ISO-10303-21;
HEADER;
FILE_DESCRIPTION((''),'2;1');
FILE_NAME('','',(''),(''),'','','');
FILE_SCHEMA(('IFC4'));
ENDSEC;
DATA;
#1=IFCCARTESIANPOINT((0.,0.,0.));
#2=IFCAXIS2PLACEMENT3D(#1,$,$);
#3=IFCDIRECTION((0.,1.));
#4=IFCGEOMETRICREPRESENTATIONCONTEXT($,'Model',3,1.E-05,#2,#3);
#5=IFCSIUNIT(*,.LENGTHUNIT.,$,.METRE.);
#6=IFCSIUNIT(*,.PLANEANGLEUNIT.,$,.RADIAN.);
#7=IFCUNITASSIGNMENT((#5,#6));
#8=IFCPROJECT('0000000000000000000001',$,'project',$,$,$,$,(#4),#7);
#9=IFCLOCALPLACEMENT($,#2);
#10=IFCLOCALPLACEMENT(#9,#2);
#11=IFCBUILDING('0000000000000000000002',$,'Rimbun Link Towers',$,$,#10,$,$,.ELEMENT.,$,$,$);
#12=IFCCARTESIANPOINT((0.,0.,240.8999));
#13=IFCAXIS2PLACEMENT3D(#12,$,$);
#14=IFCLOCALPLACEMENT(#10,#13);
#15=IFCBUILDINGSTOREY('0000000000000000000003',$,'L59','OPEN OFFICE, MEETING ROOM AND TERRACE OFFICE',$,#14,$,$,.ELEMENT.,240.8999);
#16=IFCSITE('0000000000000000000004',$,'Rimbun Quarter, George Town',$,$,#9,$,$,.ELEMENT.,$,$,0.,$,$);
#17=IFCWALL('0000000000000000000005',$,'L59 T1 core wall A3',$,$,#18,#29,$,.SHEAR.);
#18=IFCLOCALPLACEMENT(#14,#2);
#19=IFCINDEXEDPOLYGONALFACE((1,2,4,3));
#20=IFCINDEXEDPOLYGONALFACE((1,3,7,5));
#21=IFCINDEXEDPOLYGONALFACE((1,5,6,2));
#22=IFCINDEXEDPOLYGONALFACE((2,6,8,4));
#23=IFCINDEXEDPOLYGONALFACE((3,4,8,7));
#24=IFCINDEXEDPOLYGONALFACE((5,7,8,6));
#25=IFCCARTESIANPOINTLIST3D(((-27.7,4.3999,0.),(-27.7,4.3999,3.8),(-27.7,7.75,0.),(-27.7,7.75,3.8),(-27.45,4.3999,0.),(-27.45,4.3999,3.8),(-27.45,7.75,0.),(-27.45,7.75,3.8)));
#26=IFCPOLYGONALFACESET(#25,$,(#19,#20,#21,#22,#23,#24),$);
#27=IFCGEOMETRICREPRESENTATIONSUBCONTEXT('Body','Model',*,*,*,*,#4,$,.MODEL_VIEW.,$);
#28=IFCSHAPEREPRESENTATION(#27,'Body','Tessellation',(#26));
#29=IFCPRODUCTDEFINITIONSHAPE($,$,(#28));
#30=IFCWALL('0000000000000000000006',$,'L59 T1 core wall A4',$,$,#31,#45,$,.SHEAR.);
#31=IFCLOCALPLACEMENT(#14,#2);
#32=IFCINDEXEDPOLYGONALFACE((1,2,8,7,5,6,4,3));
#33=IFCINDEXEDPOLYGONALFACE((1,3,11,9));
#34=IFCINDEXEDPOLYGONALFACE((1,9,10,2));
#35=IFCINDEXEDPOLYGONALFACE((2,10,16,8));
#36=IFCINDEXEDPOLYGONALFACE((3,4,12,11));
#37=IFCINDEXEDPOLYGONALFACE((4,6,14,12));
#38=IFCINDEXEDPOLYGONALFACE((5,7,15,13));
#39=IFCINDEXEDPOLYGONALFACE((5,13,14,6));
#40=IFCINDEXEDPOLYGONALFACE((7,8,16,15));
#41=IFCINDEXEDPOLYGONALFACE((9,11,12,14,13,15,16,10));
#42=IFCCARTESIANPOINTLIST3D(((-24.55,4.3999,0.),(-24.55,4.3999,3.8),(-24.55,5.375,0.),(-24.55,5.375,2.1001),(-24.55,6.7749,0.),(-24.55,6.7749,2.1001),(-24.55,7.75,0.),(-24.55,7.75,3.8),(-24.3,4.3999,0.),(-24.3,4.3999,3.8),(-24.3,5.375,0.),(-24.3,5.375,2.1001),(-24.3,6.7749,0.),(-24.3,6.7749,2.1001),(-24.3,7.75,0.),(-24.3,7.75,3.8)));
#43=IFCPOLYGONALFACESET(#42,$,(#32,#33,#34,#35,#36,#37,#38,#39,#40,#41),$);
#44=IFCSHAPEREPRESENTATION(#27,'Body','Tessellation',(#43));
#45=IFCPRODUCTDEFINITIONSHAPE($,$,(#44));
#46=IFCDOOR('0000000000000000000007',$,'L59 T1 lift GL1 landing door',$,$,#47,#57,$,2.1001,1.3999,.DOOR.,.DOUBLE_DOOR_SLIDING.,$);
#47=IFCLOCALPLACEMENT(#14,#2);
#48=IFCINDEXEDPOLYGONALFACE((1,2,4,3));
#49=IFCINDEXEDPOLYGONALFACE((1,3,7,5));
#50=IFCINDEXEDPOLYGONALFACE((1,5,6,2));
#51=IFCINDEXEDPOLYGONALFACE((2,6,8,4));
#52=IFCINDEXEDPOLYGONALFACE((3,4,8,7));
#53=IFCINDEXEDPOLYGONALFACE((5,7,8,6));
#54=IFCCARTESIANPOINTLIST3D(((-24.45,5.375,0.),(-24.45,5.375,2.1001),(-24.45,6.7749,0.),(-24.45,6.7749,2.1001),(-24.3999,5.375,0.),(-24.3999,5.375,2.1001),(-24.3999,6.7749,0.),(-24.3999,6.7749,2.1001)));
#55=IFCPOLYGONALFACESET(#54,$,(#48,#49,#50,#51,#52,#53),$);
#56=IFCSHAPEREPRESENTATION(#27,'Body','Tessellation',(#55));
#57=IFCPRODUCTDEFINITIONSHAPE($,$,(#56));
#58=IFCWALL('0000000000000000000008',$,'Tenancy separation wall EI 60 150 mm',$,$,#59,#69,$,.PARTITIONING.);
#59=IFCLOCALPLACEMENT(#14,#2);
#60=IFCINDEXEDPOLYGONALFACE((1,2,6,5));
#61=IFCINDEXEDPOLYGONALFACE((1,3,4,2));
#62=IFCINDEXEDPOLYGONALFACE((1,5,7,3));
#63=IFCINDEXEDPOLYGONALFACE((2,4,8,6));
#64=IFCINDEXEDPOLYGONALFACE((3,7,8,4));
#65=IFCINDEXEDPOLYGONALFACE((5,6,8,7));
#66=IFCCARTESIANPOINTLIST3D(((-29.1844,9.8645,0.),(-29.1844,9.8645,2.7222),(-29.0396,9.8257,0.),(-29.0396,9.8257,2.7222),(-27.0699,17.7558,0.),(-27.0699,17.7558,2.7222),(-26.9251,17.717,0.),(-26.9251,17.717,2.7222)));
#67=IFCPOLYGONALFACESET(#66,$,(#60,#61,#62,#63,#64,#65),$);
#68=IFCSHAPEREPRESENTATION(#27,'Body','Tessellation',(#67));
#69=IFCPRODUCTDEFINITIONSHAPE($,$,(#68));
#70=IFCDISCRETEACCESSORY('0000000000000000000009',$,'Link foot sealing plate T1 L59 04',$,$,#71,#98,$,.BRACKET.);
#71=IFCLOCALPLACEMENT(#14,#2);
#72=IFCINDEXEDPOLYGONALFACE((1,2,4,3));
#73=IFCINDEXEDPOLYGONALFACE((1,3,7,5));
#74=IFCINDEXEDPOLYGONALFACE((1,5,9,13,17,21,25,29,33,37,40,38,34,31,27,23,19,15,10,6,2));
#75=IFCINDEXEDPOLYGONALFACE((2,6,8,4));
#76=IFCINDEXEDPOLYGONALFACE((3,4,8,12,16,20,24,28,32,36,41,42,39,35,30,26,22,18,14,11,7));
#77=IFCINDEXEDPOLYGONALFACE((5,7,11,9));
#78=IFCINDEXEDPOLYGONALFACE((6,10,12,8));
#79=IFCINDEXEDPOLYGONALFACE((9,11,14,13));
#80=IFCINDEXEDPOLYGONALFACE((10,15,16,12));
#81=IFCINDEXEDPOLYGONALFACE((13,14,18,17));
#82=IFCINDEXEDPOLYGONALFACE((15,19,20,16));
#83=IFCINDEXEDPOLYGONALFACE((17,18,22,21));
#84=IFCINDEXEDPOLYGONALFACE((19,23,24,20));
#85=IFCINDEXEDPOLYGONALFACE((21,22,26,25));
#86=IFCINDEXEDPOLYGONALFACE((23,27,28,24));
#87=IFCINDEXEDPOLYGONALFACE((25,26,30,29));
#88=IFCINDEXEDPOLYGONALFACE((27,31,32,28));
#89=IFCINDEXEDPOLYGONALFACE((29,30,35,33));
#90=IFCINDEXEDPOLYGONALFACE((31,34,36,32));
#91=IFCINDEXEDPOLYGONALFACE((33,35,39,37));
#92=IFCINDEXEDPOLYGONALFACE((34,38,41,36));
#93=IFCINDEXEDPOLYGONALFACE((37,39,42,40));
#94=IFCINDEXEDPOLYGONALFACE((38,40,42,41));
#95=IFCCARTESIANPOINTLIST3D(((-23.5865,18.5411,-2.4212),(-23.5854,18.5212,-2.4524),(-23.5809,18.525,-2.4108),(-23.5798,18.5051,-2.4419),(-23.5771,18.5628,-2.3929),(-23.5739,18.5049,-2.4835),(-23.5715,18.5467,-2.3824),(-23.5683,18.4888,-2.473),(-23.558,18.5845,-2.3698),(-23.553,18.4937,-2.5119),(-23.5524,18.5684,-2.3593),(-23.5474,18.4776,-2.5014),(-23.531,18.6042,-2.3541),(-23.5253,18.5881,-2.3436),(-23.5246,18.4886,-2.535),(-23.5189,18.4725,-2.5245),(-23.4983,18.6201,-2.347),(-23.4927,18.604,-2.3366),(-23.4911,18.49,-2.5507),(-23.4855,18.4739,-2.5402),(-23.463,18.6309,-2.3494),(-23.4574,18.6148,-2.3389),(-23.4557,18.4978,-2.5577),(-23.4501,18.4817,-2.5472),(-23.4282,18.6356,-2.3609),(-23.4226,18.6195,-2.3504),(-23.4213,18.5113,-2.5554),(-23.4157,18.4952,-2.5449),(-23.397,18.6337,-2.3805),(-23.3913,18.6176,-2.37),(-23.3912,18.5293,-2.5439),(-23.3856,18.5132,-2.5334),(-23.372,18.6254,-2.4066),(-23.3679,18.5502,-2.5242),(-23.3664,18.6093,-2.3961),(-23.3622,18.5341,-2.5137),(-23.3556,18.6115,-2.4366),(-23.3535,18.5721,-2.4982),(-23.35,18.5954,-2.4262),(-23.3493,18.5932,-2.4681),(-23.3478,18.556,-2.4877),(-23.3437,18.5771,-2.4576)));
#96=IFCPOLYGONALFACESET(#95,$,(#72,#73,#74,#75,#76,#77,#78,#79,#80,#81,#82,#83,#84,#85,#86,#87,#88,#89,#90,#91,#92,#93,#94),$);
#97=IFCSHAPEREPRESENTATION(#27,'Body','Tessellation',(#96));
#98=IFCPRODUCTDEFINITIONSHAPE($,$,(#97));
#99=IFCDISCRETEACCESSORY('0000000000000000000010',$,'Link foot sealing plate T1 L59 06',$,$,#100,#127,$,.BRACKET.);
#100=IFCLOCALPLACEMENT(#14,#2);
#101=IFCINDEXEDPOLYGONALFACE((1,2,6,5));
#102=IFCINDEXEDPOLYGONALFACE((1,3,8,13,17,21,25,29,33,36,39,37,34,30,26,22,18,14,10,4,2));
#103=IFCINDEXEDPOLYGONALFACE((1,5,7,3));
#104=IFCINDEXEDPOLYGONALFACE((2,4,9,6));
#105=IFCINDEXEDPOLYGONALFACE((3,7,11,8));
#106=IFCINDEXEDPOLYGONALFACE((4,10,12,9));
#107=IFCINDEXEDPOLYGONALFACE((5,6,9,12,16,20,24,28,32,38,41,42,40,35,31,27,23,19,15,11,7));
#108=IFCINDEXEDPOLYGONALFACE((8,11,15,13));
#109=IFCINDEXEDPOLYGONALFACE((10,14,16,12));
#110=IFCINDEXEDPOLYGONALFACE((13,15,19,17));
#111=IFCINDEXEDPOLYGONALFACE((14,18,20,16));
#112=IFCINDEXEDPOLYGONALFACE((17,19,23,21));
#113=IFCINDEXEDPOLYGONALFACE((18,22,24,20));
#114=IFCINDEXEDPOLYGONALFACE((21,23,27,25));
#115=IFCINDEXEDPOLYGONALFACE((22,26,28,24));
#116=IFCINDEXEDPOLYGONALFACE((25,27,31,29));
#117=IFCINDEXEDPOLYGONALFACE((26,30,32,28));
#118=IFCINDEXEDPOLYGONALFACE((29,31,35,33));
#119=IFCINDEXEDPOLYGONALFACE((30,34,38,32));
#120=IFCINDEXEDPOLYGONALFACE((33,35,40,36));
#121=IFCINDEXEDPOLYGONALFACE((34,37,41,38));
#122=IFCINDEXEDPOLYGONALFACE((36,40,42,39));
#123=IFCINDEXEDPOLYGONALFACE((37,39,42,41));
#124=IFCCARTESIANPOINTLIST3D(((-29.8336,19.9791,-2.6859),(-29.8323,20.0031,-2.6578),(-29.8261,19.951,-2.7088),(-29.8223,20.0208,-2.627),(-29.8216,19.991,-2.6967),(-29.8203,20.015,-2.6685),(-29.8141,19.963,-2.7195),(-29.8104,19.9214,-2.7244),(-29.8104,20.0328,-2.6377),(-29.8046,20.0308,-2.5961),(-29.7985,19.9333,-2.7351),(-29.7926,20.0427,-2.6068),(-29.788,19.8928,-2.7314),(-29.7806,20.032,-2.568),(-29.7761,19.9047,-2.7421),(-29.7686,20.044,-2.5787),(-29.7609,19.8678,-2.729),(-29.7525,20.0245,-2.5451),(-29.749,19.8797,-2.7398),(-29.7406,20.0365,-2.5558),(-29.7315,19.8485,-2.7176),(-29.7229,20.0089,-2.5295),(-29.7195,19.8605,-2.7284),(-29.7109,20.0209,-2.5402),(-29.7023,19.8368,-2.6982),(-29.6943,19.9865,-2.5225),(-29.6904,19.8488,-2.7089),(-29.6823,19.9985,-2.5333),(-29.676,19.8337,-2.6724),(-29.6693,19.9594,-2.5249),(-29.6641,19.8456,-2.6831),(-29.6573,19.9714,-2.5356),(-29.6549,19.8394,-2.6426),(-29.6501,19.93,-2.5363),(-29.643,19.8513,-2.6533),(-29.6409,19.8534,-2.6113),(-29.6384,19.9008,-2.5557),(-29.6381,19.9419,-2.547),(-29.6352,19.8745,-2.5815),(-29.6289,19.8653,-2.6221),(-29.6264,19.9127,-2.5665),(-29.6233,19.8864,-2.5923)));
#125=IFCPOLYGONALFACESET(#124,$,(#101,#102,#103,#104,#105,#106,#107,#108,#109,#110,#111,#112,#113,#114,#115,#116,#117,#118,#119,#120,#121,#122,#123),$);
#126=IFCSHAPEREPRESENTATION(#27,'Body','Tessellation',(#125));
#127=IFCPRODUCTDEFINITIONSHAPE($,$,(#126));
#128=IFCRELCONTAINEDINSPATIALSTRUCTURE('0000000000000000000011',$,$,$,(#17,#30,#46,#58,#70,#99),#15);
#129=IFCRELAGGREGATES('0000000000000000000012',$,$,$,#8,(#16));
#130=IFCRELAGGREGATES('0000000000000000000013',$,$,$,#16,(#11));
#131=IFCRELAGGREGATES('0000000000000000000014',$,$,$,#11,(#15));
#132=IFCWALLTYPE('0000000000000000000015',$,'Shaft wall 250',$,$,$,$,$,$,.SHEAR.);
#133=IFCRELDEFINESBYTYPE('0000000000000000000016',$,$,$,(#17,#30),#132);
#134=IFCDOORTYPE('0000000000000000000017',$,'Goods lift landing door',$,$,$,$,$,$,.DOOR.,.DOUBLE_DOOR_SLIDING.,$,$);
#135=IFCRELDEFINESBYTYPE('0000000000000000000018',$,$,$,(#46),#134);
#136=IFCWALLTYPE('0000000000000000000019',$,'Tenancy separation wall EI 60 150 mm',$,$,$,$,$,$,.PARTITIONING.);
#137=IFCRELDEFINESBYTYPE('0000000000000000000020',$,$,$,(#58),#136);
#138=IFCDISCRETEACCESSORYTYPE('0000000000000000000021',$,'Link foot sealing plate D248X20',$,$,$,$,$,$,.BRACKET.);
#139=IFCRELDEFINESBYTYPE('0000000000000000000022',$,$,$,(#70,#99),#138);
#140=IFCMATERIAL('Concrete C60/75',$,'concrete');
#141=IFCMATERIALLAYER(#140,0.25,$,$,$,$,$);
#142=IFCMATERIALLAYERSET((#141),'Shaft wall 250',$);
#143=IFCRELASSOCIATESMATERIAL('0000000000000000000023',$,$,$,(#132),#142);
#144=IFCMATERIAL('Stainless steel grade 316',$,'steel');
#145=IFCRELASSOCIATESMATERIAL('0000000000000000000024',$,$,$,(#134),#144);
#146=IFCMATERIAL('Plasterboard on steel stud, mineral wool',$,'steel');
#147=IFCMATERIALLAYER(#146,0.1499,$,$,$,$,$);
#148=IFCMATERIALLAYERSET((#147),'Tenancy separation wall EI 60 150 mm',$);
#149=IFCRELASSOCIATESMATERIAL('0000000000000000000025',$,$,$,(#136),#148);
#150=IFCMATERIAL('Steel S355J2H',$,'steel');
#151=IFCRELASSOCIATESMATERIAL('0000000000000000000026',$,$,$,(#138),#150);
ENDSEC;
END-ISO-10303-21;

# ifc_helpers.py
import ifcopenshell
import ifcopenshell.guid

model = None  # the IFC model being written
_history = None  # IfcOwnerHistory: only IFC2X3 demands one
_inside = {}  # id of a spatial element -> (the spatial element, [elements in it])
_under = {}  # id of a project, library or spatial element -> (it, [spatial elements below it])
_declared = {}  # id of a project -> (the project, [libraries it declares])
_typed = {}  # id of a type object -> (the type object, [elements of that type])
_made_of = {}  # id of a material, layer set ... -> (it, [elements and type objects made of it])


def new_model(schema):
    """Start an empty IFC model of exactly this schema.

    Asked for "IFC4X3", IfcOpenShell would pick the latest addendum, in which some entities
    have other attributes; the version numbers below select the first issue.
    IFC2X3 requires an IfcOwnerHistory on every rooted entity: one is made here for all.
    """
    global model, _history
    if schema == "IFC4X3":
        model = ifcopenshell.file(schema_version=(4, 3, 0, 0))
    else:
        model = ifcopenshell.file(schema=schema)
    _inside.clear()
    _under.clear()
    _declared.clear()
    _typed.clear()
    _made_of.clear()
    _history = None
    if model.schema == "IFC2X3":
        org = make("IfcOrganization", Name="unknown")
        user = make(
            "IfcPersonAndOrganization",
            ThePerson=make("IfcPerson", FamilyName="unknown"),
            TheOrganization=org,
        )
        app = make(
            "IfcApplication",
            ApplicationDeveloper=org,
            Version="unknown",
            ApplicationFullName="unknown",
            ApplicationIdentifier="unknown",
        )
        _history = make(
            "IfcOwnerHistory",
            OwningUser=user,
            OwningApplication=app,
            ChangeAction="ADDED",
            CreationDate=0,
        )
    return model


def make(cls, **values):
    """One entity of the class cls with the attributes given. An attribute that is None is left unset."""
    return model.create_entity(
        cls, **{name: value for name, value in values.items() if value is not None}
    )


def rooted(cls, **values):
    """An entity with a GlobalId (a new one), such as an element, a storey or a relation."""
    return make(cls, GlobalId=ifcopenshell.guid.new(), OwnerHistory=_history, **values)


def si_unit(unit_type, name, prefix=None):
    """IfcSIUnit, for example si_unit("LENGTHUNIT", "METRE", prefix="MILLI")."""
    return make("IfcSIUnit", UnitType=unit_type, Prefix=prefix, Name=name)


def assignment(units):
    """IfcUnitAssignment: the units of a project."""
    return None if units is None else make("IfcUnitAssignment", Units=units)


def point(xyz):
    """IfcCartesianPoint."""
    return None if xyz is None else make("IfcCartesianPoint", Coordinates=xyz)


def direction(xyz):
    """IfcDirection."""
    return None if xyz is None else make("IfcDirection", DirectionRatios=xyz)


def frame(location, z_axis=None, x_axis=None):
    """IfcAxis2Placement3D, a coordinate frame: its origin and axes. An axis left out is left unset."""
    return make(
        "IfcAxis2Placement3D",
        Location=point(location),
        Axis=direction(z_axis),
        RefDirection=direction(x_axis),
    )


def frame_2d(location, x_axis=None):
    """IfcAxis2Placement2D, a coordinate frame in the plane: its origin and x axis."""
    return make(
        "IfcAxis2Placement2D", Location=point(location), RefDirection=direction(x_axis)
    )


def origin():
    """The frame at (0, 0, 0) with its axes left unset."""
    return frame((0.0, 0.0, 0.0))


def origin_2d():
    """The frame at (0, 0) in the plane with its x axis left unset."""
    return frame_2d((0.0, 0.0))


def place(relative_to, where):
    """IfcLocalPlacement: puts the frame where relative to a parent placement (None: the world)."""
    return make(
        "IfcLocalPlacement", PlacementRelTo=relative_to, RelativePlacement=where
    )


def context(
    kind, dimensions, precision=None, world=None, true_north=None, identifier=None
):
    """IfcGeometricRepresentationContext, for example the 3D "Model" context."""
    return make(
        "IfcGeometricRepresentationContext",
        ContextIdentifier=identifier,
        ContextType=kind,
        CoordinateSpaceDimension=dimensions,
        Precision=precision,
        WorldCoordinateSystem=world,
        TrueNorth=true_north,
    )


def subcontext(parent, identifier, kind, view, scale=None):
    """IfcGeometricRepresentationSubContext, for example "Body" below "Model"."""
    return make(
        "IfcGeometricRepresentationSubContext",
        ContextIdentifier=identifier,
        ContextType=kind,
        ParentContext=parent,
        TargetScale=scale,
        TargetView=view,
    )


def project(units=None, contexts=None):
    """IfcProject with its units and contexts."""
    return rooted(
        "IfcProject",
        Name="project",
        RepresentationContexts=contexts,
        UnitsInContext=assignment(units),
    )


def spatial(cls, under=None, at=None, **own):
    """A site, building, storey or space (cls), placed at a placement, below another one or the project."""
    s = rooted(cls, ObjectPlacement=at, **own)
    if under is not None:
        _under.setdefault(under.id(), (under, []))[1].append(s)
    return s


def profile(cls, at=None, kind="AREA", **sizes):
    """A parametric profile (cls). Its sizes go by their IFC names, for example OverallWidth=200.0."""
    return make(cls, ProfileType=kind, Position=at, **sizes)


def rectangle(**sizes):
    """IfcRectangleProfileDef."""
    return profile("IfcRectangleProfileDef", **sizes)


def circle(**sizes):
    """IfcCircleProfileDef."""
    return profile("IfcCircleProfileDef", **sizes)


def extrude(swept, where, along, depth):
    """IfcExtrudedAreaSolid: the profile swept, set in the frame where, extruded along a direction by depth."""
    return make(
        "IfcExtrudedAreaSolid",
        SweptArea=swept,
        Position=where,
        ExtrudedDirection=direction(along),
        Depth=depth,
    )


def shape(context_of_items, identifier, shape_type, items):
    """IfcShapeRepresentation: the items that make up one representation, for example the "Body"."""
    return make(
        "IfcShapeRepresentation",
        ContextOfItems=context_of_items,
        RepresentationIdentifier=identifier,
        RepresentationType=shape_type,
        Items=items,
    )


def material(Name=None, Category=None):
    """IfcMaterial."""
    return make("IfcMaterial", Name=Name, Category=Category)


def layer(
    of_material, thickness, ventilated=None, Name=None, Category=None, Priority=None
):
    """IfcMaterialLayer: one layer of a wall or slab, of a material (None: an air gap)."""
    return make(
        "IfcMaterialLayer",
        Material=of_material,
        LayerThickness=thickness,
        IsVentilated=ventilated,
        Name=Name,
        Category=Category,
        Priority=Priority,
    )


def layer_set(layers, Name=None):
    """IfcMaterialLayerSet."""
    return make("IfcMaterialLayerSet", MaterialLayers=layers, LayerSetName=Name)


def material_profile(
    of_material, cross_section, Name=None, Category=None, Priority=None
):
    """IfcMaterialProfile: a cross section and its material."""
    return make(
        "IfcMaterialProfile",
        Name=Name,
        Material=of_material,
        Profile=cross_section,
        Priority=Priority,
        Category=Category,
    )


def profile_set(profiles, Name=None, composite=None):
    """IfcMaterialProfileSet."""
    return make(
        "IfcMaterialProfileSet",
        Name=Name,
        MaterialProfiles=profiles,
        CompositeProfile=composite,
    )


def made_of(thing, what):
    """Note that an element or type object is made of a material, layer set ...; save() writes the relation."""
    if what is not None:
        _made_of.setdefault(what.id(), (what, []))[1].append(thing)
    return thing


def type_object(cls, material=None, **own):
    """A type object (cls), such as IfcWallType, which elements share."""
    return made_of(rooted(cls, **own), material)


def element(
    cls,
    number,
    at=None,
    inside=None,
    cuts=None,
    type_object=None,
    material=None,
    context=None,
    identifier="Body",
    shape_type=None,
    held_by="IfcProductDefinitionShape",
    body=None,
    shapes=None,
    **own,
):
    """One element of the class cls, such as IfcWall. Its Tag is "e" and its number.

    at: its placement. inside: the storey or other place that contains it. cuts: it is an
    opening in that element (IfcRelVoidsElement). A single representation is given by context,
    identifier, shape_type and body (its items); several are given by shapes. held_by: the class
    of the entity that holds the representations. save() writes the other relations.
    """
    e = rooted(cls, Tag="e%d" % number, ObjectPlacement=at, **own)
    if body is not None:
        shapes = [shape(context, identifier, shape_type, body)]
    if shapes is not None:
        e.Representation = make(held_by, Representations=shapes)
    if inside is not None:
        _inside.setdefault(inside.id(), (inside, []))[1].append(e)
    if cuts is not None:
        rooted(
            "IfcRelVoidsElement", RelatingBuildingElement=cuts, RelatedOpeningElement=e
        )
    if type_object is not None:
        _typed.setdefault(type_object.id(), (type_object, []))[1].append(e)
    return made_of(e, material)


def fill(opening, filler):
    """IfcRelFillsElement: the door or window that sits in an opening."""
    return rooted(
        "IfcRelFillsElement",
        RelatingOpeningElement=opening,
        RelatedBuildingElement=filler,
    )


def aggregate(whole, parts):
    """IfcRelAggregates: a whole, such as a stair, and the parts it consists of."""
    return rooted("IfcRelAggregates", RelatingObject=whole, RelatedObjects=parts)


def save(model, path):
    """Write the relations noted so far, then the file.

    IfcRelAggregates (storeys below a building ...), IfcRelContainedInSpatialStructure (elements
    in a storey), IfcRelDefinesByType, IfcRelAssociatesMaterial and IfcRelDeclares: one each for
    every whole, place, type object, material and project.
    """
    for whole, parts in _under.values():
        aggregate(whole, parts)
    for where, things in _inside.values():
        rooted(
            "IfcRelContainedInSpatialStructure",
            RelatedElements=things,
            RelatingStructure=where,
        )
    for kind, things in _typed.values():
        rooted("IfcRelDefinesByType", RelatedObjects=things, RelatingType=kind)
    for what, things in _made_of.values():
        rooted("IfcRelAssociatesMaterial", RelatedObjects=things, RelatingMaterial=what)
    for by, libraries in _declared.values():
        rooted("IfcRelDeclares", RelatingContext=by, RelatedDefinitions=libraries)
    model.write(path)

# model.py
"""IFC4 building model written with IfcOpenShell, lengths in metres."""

from ifc_helpers import new_model, si_unit, direction, frame, frame_2d, origin, origin_2d, place, context, subcontext, project, spatial, rectangle, circle, extrude, material, layer, layer_set, material_profile, profile_set, type_object, element, fill, save


model = new_model("IFC4")

# Units and contexts
model_context = context("Model", 3, precision=1e-05, world=origin(), true_north=direction((0.0, 1.0)))
body_context = subcontext(model_context, "Body", "Model", "MODEL_VIEW")
ifc_project = project(units=[si_unit("LENGTHUNIT", "METRE"), si_unit("PLANEANGLEUNIT", "RADIAN")], contexts=[model_context])

# Site, building, storey
site_placement = place(None, origin())
site = spatial("IfcSite", under=ifc_project, at=site_placement, Name="Rimbun Quarter, George Town", CompositionType="ELEMENT", RefElevation=0.0)
building_placement = place(site_placement, origin())
building = spatial("IfcBuilding", under=site, at=building_placement, Name="Rimbun Link Towers", CompositionType="ELEMENT")
storey_placement = place(building_placement, frame((0.0, 0.0, 240.8999)))
storey = spatial("IfcBuildingStorey", under=building, at=storey_placement, Name="L59", Description="OPEN OFFICE, MEETING ROOM AND TERRACE OFFICE", CompositionType="ELEMENT", Elevation=240.8999)

# Shared definitions
ifc_material_1 = material(Name="Concrete C60/75", Category="concrete")
ifc_layer_1 = layer(ifc_material_1, 0.25)
ifc_layer_set_1 = layer_set([ifc_layer_1], Name="Shaft wall 250")
wall_type_1 = type_object("IfcWallType", Name="Shaft wall 250", PredefinedType="SHEAR", material=ifc_layer_set_1)

# Wall
wall_1_placement = place(storey_placement, frame((-27.575, 4.3999, 0.0), z_axis=(0.0, 0.0, 1.0), x_axis=(0.0, 1.0, 0.0)))
element("IfcWall", 1, at=wall_1_placement, inside=storey, type_object=wall_type_1, Name="L59 T1 core wall A3", PredefinedType="SHEAR", context=body_context, shape_type="SweptSolid", body=[
    extrude(rectangle(XDim=3.3501, YDim=0.25, at=frame_2d((1.675, 0.0))), origin(), (0.0, 0.0, 1.0), 3.8),
])

# Wall, opening, door
wall_2_placement = place(storey_placement, frame((-24.425, 4.3999, 0.0), z_axis=(0.0, 0.0, 1.0), x_axis=(0.0, 1.0, 0.0)))
wall_2 = element("IfcWall", 2, at=wall_2_placement, inside=storey, type_object=wall_type_1, Name="L59 T1 core wall A4", PredefinedType="SHEAR", context=body_context, shape_type="SweptSolid", body=[
    extrude(rectangle(XDim=3.3501, YDim=0.25, at=frame_2d((1.675, 0.0))), origin(), (0.0, 0.0, 1.0), 3.8),
])
opening_1_placement = place(wall_2_placement, frame((0.9751, 0.0, 0.0)))
opening_1 = element("IfcOpeningElement", 3, at=opening_1_placement, cuts=wall_2, PredefinedType="OPENING", context=body_context, shape_type="SweptSolid", body=[
    extrude(rectangle(XDim=1.3999, YDim=2.1001, at=frame_2d((0.7, 1.05))), frame((0.0, 0.135, 0.0), z_axis=(0.0, -1.0, 0.0), x_axis=(1.0, 0.0, 0.0)), (0.0, 0.0, 1.0), 0.27),
])
ifc_material_2 = material(Name="Stainless steel grade 316", Category="steel")
door_type_1 = type_object("IfcDoorType", Name="Goods lift landing door", OperationType="DOUBLE_DOOR_SLIDING", PredefinedType="DOOR", material=ifc_material_2)
door_1_placement = place(opening_1_placement, origin())
door_1 = element("IfcDoor", 4, at=door_1_placement, inside=storey, type_object=door_type_1, Name="L59 T1 lift GL1 landing door", OperationType="DOUBLE_DOOR_SLIDING", OverallHeight=2.1001, OverallWidth=1.3999, PredefinedType="DOOR", context=body_context, shape_type="SweptSolid", body=[
    extrude(rectangle(XDim=1.3999, YDim=2.1001, at=frame_2d((0.7, 1.05))), frame((0.0, 0.0249, 0.0), z_axis=(0.0, -1.0, 0.0), x_axis=(1.0, 0.0, 0.0)), (0.0, 0.0, 1.0), 0.05),
])
fill(opening_1, door_1)

# Wall
ifc_material_3 = material(Name="Plasterboard on steel stud, mineral wool", Category="steel")
ifc_layer_2 = layer(ifc_material_3, 0.1499)
ifc_layer_set_2 = layer_set([ifc_layer_2], Name="Tenancy separation wall EI 60 150 mm")
wall_type_2 = type_object("IfcWallType", Name="Tenancy separation wall EI 60 150 mm", PredefinedType="PARTITIONING", material=ifc_layer_set_2)
wall_3_placement = place(storey_placement, frame((-29.1121, 9.845, 0.0), z_axis=(0.0, 0.0, 1.0), x_axis=(0.258821, 0.965925, 0.0)))
element("IfcWall", 5, at=wall_3_placement, inside=storey, type_object=wall_type_2, Name="Tenancy separation wall EI 60 150 mm", PredefinedType="PARTITIONING", context=body_context, shape_type="SweptSolid", body=[
    extrude(rectangle(XDim=8.1697, YDim=0.1499, at=frame_2d((4.085, 0.0))), origin(), (0.0, 0.0, 1.0), 2.7222),
])

# Discrete accessories
ifc_material_4 = material(Name="Steel S355J2H", Category="steel")
ifc_material_profile_1 = material_profile(ifc_material_4, circle(Radius=0.124, at=origin_2d()), Name="PL D248")
ifc_profile_set_1 = profile_set([ifc_material_profile_1], Name="Steel S355J2H")
discrete_accessory_type = type_object("IfcDiscreteAccessoryType", Name="Link foot sealing plate D248X20", PredefinedType="BRACKET", material=ifc_profile_set_1)
for number, where, z_axis, x_axis, name in (
    (6, (-23.4626, 18.5459, -2.4419), (-0.280279, 0.80428, -0.524001), (-0.944304, -0.329076, 0.0), "Link foot sealing plate T1 L59 04"),
    (7, (-29.7346, 19.9331, -2.627), (0.59694, 0.59694, -0.536028), (-0.707107, 0.707107, 0.0), "Link foot sealing plate T1 L59 06"),
):
    element("IfcDiscreteAccessory", number, at=place(storey_placement, frame(where, z_axis=z_axis, x_axis=x_axis)), inside=storey, type_object=discrete_accessory_type, Name=name, PredefinedType="BRACKET", context=body_context, shape_type="SweptSolid", body=[
        extrude(circle(Radius=0.124, at=origin_2d()), origin(), (0.0, 0.0, 1.0), 0.02),
    ])

save(model, "model.ifc")
